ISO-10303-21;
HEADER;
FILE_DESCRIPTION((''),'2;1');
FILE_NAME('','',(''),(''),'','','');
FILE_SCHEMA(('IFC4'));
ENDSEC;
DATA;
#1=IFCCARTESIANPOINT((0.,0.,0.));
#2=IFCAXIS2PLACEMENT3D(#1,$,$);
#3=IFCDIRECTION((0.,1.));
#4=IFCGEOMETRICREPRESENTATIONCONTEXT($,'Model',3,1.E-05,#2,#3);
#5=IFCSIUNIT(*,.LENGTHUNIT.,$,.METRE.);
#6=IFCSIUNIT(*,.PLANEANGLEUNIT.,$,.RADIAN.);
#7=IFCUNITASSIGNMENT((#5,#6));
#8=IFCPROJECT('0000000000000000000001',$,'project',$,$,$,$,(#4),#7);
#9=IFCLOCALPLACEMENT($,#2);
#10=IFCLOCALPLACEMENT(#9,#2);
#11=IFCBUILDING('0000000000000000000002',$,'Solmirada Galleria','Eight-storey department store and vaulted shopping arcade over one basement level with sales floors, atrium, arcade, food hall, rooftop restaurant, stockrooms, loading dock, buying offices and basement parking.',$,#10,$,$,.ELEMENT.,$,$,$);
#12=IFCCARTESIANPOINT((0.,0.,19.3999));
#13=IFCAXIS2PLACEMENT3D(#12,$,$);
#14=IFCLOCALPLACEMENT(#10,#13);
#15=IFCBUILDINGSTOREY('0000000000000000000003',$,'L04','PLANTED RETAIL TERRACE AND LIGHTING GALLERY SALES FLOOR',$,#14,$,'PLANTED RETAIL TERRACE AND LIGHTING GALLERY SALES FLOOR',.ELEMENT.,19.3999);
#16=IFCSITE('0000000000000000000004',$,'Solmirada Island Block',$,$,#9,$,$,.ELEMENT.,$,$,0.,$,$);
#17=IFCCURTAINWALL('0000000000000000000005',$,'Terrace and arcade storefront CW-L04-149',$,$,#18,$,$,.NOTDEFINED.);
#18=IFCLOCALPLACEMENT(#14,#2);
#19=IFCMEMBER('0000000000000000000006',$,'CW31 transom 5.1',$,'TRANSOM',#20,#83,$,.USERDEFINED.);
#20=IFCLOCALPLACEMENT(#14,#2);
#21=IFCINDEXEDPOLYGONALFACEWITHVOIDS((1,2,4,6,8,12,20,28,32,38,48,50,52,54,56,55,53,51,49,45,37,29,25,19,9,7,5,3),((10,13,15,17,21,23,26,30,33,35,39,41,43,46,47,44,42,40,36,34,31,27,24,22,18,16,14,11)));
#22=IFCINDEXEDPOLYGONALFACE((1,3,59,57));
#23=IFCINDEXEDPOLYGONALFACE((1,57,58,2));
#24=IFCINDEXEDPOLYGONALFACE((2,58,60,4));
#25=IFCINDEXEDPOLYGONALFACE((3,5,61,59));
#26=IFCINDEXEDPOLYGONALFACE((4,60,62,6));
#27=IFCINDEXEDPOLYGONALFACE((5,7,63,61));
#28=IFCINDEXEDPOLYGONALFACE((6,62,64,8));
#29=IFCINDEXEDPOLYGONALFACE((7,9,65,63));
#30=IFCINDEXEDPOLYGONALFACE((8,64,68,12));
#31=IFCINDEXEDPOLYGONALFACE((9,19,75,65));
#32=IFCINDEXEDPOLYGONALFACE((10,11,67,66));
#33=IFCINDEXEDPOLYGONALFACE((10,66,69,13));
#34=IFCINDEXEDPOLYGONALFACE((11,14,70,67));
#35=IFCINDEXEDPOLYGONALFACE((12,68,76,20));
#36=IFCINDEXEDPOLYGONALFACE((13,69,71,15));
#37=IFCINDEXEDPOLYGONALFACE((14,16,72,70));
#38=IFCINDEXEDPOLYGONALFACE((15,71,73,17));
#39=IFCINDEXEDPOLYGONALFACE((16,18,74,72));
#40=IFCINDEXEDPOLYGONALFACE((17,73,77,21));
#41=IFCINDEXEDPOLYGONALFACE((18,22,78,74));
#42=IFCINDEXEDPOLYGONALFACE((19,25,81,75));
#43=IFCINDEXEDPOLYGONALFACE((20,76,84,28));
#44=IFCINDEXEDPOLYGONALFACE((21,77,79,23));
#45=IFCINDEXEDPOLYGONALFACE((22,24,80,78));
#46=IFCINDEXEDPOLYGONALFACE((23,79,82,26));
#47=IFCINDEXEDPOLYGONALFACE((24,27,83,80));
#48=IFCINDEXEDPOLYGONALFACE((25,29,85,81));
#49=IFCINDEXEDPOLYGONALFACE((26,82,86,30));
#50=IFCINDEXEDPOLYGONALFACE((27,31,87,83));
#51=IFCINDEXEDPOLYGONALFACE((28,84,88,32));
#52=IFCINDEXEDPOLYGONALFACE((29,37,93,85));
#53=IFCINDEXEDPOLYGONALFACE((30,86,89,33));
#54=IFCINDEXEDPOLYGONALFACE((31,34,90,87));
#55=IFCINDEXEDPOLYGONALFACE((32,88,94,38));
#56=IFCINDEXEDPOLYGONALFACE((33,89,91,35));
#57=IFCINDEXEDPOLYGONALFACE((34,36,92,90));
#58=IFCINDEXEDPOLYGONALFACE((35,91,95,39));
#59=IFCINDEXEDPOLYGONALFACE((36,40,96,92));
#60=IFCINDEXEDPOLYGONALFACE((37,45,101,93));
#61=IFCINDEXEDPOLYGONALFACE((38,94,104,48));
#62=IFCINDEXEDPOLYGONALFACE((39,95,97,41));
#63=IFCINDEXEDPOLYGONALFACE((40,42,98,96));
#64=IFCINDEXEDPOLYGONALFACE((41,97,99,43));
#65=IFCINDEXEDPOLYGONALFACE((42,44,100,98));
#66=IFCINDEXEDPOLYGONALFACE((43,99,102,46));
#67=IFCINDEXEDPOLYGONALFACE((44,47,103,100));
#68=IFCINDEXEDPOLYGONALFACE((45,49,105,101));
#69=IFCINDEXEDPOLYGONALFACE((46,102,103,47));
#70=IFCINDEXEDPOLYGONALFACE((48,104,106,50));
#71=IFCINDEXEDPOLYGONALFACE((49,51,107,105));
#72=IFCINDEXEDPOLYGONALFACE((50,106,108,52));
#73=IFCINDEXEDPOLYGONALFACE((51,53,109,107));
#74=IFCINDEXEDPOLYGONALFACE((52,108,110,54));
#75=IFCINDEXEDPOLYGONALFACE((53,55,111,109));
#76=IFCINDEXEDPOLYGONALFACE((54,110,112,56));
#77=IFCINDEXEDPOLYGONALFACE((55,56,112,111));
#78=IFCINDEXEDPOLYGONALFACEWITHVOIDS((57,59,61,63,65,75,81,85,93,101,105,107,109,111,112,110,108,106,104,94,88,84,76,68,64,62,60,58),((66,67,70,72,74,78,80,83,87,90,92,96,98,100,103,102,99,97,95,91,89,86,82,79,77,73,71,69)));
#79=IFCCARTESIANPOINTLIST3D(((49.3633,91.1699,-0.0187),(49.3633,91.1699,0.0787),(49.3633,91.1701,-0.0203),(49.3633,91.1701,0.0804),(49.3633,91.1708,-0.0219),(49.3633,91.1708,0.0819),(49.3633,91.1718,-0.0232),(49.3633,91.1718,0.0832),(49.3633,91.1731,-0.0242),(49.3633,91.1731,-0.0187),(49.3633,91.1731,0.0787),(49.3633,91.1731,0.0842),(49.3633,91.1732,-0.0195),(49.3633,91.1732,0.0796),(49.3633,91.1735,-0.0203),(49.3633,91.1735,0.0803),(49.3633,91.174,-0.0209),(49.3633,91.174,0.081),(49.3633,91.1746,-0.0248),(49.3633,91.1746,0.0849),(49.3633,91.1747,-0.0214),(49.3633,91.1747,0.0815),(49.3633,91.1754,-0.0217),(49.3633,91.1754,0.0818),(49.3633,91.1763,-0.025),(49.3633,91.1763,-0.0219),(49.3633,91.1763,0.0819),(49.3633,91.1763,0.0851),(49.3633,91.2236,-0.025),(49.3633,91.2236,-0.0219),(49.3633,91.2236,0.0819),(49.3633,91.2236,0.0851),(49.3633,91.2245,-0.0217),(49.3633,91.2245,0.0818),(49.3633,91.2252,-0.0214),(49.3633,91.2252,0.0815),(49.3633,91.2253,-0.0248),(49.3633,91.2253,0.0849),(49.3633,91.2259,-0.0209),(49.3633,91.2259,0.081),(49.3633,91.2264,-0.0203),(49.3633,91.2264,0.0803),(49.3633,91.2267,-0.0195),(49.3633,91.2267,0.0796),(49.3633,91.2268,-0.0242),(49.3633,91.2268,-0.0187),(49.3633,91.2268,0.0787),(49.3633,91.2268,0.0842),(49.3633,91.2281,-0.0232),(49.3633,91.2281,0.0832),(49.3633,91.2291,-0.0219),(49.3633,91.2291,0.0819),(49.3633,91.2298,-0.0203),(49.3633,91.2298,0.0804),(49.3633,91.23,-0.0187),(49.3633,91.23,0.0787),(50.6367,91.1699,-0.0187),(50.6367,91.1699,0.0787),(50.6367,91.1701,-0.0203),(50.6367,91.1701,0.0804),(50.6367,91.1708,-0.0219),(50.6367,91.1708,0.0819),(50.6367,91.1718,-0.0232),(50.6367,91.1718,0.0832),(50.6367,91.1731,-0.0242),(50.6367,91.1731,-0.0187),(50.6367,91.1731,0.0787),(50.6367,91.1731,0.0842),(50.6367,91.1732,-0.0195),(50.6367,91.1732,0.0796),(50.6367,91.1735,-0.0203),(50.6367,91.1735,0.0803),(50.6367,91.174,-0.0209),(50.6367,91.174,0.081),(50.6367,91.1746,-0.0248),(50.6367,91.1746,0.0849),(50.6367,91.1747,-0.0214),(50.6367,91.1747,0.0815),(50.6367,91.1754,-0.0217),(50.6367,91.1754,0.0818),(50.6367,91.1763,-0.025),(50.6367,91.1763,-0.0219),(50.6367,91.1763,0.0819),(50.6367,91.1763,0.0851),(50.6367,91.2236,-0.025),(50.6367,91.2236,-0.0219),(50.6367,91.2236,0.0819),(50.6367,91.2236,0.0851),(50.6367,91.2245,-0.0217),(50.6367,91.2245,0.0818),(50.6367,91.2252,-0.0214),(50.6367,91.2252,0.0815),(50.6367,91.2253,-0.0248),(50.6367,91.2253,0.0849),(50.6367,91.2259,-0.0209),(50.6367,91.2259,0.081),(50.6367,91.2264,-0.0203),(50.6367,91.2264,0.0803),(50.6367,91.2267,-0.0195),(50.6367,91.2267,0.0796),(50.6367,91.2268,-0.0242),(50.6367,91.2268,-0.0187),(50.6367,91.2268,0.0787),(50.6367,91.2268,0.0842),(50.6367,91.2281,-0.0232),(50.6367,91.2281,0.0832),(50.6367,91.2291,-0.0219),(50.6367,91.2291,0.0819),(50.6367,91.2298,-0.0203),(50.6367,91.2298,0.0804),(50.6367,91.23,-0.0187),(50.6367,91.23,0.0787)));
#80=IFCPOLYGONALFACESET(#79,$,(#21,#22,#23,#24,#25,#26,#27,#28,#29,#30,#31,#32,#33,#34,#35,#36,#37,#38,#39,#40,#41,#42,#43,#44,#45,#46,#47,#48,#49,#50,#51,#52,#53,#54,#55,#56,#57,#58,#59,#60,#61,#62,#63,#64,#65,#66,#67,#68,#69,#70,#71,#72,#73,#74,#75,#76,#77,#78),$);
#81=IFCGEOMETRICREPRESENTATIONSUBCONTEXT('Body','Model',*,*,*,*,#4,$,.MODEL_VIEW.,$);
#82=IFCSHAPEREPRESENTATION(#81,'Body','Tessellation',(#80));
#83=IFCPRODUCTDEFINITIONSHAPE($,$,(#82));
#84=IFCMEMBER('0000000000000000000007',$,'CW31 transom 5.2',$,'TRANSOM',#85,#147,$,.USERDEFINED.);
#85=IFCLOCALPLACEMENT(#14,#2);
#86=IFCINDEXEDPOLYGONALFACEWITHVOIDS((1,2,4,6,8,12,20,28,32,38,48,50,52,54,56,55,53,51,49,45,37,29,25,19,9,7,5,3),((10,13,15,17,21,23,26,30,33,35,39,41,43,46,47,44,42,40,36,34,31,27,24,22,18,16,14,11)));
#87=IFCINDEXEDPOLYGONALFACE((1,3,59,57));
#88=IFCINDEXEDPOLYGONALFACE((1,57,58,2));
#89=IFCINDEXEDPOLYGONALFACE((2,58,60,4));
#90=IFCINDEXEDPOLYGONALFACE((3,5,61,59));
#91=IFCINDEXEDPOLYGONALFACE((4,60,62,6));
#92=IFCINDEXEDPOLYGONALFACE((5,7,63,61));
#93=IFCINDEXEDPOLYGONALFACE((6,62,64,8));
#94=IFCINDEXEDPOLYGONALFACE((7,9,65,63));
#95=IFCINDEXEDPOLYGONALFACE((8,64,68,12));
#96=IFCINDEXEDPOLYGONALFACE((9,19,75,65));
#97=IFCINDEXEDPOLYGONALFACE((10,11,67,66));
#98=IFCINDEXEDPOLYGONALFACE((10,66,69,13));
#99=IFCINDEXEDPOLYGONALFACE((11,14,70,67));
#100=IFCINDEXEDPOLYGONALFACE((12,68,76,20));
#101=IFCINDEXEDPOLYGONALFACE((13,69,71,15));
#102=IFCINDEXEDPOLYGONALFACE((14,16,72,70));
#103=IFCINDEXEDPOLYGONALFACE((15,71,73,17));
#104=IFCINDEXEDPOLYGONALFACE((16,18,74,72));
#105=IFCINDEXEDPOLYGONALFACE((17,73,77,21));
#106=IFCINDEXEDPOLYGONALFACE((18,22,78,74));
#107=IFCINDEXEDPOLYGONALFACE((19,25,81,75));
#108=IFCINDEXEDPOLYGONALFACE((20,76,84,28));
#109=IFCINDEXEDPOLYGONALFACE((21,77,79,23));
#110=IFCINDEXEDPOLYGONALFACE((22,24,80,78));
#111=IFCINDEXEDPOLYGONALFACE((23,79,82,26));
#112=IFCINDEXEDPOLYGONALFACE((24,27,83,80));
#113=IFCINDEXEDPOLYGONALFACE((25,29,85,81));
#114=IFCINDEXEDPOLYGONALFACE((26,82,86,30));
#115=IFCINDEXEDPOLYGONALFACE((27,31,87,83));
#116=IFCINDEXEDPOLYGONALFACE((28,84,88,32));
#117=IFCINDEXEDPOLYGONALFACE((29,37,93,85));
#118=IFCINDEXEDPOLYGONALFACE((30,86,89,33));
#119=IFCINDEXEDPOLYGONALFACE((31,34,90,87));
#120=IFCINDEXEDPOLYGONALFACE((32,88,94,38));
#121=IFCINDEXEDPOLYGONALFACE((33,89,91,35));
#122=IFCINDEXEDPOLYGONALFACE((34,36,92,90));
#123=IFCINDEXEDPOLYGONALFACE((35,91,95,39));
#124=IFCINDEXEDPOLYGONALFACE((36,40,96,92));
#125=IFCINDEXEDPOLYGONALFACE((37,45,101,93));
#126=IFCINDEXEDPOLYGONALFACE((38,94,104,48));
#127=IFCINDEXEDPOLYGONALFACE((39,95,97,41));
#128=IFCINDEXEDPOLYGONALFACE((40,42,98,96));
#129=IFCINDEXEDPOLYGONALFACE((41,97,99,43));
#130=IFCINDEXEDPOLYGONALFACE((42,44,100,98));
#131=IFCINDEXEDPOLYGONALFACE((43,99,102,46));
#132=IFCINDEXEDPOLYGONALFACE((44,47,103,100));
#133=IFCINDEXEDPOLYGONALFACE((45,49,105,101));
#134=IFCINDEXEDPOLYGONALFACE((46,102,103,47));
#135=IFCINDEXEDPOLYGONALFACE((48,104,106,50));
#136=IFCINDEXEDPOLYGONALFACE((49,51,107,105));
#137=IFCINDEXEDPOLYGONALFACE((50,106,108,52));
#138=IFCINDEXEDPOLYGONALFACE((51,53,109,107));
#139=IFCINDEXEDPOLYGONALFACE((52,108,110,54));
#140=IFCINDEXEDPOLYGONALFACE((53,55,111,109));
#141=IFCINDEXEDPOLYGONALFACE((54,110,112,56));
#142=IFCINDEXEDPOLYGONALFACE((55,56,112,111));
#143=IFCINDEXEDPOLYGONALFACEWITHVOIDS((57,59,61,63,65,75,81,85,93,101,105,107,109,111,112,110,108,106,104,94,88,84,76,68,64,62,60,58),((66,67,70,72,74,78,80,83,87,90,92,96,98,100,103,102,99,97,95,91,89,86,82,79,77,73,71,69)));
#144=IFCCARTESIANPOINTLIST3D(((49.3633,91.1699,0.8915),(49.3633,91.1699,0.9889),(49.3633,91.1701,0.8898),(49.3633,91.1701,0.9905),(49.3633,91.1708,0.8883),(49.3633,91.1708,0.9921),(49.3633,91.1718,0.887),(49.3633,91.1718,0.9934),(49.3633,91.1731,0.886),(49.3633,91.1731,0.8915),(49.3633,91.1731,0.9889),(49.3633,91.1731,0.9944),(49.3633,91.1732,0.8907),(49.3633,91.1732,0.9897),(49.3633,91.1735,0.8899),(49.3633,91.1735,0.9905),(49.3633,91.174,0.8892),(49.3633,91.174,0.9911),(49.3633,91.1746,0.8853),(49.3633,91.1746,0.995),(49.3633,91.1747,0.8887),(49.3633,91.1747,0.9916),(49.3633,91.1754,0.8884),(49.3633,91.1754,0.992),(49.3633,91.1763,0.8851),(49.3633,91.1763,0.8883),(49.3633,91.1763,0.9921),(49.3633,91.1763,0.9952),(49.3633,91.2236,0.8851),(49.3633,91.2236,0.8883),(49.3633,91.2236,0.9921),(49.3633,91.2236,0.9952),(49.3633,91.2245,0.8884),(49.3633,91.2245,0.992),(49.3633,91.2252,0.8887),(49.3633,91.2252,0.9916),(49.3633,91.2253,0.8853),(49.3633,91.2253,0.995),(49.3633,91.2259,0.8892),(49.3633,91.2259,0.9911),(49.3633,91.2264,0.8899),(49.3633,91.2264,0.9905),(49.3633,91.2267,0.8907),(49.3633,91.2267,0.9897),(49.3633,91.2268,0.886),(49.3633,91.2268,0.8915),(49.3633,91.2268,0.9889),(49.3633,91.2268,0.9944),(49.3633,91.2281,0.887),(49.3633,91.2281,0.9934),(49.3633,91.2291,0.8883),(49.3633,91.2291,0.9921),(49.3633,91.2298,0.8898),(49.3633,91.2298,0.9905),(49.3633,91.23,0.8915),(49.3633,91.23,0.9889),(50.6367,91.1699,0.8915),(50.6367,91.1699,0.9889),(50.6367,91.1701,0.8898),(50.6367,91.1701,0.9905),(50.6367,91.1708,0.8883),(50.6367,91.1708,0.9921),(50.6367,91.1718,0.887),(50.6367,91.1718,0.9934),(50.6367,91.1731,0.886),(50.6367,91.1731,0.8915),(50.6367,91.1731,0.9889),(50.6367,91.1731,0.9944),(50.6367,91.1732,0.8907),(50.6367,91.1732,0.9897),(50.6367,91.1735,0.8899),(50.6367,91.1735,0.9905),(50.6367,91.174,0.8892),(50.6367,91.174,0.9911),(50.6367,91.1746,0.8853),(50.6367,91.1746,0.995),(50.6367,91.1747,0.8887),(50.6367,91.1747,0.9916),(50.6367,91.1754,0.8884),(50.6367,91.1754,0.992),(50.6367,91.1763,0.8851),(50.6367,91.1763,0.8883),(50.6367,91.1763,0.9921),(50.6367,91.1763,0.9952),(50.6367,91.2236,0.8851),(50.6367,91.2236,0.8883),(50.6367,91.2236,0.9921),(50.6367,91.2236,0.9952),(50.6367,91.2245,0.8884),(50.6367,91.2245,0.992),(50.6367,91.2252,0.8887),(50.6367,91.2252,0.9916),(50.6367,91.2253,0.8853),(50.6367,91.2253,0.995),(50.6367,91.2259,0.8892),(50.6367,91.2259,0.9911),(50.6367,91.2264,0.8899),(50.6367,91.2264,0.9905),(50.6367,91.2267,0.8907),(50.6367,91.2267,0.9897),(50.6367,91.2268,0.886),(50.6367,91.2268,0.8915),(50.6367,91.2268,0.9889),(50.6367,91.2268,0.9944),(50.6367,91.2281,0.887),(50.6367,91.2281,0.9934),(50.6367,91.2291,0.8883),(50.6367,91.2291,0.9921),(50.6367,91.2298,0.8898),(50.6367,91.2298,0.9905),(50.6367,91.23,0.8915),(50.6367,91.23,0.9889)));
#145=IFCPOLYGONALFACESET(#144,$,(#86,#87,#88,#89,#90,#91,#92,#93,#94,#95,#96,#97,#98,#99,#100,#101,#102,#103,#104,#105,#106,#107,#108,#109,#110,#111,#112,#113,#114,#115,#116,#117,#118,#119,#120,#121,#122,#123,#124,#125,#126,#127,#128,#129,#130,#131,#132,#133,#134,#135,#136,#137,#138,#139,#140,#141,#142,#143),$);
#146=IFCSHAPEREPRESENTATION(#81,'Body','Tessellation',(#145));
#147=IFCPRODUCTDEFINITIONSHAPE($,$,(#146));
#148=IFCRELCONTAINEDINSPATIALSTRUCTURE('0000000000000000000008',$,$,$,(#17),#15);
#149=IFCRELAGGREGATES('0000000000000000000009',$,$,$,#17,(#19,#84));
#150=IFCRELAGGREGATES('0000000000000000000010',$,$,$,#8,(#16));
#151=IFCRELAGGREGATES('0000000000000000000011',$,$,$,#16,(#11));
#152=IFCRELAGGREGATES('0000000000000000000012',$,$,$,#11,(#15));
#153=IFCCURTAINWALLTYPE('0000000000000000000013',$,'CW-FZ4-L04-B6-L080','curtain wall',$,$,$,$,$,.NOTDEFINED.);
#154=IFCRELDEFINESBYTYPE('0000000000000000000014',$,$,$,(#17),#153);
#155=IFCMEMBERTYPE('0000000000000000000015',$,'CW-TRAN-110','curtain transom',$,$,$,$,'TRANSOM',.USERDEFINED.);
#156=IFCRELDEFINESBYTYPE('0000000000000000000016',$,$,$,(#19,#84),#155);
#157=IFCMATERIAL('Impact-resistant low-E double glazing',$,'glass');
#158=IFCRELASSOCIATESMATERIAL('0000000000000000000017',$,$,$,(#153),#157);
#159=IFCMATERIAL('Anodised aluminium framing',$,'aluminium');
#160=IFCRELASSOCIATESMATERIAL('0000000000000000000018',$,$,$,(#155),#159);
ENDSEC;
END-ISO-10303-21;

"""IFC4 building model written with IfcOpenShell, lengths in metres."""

from ifc_helpers import new_model, si_unit, direction, frame, origin, origin_2d, place, context, subcontext, project, spatial, hollow_rectangle, extrude, material, material_profile, profile_set, type_object, element, aggregate, save


model = new_model("IFC4")

# Units and contexts
model_context = context("Model", 3, precision=1e-05, world=origin(), true_north=direction((0.0, 1.0)))
body_context = subcontext(model_context, "Body", "Model", "MODEL_VIEW")
ifc_project = project(units=[si_unit("LENGTHUNIT", "METRE"), si_unit("PLANEANGLEUNIT", "RADIAN")], contexts=[model_context])

# Site, building, storey
site_placement = place(None, origin())
site = spatial("IfcSite", under=ifc_project, at=site_placement, Name="Solmirada Island Block", CompositionType="ELEMENT", RefElevation=0.0)
building_placement = place(site_placement, origin())
building = spatial("IfcBuilding", under=site, at=building_placement, Name="Solmirada Galleria", Description="Eight-storey department store and vaulted shopping arcade over one basement level with sales floors, atrium, arcade, food hall, rooftop restaurant, stockrooms, loading dock, buying offices and basement parking.", CompositionType="ELEMENT")
storey_placement = place(building_placement, frame((0.0, 0.0, 19.3999)))
storey = spatial("IfcBuildingStorey", under=building, at=storey_placement, Name="L04", Description="PLANTED RETAIL TERRACE AND LIGHTING GALLERY SALES FLOOR", LongName="PLANTED RETAIL TERRACE AND LIGHTING GALLERY SALES FLOOR", CompositionType="ELEMENT", Elevation=19.3999)

# Curtain wall
ifc_material_1 = material(Name="Impact-resistant low-E double glazing", Category="glass")
curtain_wall_type = type_object("IfcCurtainWallType", Name="CW-FZ4-L04-B6-L080", Description="curtain wall", PredefinedType="NOTDEFINED", material=ifc_material_1)
curtain_wall_1_placement = place(storey_placement, origin())
curtain_wall_1 = element("IfcCurtainWall", 1, at=curtain_wall_1_placement, inside=storey, type_object=curtain_wall_type, Name="Terrace and arcade storefront CW-L04-149", PredefinedType="NOTDEFINED")
ifc_material_2 = material(Name="Anodised aluminium framing", Category="aluminium")

# Members
ifc_material_profile_1 = material_profile(ifc_material_2, hollow_rectangle(XDim=0.0601, YDim=0.1101, WallThickness=0.0032, InnerFilletRadius=0.0032, OuterFilletRadius=0.0063, at=origin_2d()), Name="ALU-TRAN-110X60")
ifc_profile_set_1 = profile_set([ifc_material_profile_1], Name="Anodised aluminium framing")
member_type_1 = type_object("IfcMemberType", Name="CW-TRAN-110", Description="curtain transom", ElementType="TRANSOM", PredefinedType="USERDEFINED", material=ifc_profile_set_1)
member_1_placement = place(storey_placement, frame((50.6367, 91.2, 0.03), z_axis=(-1.0, 0.0, 0.0), x_axis=(0.0, -1.0, 0.0)))
member_1 = element("IfcMember", 2, at=member_1_placement, type_object=member_type_1, Name="CW31 transom 5.1", ObjectType="TRANSOM", PredefinedType="USERDEFINED", context=body_context, shape_type="SweptSolid", body=[
    extrude(hollow_rectangle(XDim=0.0601, YDim=0.1101, WallThickness=0.0032, InnerFilletRadius=0.0032, OuterFilletRadius=0.0063, at=origin_2d()), origin(), (0.0, 0.0, 1.0), 1.2734),
])
member_2_placement = place(storey_placement, frame((50.6367, 91.2, 0.9402), z_axis=(-1.0, 0.0, 0.0), x_axis=(0.0, -1.0, 0.0)))
member_2 = element("IfcMember", 3, at=member_2_placement, type_object=member_type_1, Name="CW31 transom 5.2", ObjectType="TRANSOM", PredefinedType="USERDEFINED", context=body_context, shape_type="SweptSolid", body=[
    extrude(hollow_rectangle(XDim=0.0601, YDim=0.1101, WallThickness=0.0032, InnerFilletRadius=0.0032, OuterFilletRadius=0.0063, at=origin_2d()), origin(), (0.0, 0.0, 1.0), 1.2734),
])

aggregate(curtain_wall_1, [member_1, member_2])

save(model, "model.ifc")
